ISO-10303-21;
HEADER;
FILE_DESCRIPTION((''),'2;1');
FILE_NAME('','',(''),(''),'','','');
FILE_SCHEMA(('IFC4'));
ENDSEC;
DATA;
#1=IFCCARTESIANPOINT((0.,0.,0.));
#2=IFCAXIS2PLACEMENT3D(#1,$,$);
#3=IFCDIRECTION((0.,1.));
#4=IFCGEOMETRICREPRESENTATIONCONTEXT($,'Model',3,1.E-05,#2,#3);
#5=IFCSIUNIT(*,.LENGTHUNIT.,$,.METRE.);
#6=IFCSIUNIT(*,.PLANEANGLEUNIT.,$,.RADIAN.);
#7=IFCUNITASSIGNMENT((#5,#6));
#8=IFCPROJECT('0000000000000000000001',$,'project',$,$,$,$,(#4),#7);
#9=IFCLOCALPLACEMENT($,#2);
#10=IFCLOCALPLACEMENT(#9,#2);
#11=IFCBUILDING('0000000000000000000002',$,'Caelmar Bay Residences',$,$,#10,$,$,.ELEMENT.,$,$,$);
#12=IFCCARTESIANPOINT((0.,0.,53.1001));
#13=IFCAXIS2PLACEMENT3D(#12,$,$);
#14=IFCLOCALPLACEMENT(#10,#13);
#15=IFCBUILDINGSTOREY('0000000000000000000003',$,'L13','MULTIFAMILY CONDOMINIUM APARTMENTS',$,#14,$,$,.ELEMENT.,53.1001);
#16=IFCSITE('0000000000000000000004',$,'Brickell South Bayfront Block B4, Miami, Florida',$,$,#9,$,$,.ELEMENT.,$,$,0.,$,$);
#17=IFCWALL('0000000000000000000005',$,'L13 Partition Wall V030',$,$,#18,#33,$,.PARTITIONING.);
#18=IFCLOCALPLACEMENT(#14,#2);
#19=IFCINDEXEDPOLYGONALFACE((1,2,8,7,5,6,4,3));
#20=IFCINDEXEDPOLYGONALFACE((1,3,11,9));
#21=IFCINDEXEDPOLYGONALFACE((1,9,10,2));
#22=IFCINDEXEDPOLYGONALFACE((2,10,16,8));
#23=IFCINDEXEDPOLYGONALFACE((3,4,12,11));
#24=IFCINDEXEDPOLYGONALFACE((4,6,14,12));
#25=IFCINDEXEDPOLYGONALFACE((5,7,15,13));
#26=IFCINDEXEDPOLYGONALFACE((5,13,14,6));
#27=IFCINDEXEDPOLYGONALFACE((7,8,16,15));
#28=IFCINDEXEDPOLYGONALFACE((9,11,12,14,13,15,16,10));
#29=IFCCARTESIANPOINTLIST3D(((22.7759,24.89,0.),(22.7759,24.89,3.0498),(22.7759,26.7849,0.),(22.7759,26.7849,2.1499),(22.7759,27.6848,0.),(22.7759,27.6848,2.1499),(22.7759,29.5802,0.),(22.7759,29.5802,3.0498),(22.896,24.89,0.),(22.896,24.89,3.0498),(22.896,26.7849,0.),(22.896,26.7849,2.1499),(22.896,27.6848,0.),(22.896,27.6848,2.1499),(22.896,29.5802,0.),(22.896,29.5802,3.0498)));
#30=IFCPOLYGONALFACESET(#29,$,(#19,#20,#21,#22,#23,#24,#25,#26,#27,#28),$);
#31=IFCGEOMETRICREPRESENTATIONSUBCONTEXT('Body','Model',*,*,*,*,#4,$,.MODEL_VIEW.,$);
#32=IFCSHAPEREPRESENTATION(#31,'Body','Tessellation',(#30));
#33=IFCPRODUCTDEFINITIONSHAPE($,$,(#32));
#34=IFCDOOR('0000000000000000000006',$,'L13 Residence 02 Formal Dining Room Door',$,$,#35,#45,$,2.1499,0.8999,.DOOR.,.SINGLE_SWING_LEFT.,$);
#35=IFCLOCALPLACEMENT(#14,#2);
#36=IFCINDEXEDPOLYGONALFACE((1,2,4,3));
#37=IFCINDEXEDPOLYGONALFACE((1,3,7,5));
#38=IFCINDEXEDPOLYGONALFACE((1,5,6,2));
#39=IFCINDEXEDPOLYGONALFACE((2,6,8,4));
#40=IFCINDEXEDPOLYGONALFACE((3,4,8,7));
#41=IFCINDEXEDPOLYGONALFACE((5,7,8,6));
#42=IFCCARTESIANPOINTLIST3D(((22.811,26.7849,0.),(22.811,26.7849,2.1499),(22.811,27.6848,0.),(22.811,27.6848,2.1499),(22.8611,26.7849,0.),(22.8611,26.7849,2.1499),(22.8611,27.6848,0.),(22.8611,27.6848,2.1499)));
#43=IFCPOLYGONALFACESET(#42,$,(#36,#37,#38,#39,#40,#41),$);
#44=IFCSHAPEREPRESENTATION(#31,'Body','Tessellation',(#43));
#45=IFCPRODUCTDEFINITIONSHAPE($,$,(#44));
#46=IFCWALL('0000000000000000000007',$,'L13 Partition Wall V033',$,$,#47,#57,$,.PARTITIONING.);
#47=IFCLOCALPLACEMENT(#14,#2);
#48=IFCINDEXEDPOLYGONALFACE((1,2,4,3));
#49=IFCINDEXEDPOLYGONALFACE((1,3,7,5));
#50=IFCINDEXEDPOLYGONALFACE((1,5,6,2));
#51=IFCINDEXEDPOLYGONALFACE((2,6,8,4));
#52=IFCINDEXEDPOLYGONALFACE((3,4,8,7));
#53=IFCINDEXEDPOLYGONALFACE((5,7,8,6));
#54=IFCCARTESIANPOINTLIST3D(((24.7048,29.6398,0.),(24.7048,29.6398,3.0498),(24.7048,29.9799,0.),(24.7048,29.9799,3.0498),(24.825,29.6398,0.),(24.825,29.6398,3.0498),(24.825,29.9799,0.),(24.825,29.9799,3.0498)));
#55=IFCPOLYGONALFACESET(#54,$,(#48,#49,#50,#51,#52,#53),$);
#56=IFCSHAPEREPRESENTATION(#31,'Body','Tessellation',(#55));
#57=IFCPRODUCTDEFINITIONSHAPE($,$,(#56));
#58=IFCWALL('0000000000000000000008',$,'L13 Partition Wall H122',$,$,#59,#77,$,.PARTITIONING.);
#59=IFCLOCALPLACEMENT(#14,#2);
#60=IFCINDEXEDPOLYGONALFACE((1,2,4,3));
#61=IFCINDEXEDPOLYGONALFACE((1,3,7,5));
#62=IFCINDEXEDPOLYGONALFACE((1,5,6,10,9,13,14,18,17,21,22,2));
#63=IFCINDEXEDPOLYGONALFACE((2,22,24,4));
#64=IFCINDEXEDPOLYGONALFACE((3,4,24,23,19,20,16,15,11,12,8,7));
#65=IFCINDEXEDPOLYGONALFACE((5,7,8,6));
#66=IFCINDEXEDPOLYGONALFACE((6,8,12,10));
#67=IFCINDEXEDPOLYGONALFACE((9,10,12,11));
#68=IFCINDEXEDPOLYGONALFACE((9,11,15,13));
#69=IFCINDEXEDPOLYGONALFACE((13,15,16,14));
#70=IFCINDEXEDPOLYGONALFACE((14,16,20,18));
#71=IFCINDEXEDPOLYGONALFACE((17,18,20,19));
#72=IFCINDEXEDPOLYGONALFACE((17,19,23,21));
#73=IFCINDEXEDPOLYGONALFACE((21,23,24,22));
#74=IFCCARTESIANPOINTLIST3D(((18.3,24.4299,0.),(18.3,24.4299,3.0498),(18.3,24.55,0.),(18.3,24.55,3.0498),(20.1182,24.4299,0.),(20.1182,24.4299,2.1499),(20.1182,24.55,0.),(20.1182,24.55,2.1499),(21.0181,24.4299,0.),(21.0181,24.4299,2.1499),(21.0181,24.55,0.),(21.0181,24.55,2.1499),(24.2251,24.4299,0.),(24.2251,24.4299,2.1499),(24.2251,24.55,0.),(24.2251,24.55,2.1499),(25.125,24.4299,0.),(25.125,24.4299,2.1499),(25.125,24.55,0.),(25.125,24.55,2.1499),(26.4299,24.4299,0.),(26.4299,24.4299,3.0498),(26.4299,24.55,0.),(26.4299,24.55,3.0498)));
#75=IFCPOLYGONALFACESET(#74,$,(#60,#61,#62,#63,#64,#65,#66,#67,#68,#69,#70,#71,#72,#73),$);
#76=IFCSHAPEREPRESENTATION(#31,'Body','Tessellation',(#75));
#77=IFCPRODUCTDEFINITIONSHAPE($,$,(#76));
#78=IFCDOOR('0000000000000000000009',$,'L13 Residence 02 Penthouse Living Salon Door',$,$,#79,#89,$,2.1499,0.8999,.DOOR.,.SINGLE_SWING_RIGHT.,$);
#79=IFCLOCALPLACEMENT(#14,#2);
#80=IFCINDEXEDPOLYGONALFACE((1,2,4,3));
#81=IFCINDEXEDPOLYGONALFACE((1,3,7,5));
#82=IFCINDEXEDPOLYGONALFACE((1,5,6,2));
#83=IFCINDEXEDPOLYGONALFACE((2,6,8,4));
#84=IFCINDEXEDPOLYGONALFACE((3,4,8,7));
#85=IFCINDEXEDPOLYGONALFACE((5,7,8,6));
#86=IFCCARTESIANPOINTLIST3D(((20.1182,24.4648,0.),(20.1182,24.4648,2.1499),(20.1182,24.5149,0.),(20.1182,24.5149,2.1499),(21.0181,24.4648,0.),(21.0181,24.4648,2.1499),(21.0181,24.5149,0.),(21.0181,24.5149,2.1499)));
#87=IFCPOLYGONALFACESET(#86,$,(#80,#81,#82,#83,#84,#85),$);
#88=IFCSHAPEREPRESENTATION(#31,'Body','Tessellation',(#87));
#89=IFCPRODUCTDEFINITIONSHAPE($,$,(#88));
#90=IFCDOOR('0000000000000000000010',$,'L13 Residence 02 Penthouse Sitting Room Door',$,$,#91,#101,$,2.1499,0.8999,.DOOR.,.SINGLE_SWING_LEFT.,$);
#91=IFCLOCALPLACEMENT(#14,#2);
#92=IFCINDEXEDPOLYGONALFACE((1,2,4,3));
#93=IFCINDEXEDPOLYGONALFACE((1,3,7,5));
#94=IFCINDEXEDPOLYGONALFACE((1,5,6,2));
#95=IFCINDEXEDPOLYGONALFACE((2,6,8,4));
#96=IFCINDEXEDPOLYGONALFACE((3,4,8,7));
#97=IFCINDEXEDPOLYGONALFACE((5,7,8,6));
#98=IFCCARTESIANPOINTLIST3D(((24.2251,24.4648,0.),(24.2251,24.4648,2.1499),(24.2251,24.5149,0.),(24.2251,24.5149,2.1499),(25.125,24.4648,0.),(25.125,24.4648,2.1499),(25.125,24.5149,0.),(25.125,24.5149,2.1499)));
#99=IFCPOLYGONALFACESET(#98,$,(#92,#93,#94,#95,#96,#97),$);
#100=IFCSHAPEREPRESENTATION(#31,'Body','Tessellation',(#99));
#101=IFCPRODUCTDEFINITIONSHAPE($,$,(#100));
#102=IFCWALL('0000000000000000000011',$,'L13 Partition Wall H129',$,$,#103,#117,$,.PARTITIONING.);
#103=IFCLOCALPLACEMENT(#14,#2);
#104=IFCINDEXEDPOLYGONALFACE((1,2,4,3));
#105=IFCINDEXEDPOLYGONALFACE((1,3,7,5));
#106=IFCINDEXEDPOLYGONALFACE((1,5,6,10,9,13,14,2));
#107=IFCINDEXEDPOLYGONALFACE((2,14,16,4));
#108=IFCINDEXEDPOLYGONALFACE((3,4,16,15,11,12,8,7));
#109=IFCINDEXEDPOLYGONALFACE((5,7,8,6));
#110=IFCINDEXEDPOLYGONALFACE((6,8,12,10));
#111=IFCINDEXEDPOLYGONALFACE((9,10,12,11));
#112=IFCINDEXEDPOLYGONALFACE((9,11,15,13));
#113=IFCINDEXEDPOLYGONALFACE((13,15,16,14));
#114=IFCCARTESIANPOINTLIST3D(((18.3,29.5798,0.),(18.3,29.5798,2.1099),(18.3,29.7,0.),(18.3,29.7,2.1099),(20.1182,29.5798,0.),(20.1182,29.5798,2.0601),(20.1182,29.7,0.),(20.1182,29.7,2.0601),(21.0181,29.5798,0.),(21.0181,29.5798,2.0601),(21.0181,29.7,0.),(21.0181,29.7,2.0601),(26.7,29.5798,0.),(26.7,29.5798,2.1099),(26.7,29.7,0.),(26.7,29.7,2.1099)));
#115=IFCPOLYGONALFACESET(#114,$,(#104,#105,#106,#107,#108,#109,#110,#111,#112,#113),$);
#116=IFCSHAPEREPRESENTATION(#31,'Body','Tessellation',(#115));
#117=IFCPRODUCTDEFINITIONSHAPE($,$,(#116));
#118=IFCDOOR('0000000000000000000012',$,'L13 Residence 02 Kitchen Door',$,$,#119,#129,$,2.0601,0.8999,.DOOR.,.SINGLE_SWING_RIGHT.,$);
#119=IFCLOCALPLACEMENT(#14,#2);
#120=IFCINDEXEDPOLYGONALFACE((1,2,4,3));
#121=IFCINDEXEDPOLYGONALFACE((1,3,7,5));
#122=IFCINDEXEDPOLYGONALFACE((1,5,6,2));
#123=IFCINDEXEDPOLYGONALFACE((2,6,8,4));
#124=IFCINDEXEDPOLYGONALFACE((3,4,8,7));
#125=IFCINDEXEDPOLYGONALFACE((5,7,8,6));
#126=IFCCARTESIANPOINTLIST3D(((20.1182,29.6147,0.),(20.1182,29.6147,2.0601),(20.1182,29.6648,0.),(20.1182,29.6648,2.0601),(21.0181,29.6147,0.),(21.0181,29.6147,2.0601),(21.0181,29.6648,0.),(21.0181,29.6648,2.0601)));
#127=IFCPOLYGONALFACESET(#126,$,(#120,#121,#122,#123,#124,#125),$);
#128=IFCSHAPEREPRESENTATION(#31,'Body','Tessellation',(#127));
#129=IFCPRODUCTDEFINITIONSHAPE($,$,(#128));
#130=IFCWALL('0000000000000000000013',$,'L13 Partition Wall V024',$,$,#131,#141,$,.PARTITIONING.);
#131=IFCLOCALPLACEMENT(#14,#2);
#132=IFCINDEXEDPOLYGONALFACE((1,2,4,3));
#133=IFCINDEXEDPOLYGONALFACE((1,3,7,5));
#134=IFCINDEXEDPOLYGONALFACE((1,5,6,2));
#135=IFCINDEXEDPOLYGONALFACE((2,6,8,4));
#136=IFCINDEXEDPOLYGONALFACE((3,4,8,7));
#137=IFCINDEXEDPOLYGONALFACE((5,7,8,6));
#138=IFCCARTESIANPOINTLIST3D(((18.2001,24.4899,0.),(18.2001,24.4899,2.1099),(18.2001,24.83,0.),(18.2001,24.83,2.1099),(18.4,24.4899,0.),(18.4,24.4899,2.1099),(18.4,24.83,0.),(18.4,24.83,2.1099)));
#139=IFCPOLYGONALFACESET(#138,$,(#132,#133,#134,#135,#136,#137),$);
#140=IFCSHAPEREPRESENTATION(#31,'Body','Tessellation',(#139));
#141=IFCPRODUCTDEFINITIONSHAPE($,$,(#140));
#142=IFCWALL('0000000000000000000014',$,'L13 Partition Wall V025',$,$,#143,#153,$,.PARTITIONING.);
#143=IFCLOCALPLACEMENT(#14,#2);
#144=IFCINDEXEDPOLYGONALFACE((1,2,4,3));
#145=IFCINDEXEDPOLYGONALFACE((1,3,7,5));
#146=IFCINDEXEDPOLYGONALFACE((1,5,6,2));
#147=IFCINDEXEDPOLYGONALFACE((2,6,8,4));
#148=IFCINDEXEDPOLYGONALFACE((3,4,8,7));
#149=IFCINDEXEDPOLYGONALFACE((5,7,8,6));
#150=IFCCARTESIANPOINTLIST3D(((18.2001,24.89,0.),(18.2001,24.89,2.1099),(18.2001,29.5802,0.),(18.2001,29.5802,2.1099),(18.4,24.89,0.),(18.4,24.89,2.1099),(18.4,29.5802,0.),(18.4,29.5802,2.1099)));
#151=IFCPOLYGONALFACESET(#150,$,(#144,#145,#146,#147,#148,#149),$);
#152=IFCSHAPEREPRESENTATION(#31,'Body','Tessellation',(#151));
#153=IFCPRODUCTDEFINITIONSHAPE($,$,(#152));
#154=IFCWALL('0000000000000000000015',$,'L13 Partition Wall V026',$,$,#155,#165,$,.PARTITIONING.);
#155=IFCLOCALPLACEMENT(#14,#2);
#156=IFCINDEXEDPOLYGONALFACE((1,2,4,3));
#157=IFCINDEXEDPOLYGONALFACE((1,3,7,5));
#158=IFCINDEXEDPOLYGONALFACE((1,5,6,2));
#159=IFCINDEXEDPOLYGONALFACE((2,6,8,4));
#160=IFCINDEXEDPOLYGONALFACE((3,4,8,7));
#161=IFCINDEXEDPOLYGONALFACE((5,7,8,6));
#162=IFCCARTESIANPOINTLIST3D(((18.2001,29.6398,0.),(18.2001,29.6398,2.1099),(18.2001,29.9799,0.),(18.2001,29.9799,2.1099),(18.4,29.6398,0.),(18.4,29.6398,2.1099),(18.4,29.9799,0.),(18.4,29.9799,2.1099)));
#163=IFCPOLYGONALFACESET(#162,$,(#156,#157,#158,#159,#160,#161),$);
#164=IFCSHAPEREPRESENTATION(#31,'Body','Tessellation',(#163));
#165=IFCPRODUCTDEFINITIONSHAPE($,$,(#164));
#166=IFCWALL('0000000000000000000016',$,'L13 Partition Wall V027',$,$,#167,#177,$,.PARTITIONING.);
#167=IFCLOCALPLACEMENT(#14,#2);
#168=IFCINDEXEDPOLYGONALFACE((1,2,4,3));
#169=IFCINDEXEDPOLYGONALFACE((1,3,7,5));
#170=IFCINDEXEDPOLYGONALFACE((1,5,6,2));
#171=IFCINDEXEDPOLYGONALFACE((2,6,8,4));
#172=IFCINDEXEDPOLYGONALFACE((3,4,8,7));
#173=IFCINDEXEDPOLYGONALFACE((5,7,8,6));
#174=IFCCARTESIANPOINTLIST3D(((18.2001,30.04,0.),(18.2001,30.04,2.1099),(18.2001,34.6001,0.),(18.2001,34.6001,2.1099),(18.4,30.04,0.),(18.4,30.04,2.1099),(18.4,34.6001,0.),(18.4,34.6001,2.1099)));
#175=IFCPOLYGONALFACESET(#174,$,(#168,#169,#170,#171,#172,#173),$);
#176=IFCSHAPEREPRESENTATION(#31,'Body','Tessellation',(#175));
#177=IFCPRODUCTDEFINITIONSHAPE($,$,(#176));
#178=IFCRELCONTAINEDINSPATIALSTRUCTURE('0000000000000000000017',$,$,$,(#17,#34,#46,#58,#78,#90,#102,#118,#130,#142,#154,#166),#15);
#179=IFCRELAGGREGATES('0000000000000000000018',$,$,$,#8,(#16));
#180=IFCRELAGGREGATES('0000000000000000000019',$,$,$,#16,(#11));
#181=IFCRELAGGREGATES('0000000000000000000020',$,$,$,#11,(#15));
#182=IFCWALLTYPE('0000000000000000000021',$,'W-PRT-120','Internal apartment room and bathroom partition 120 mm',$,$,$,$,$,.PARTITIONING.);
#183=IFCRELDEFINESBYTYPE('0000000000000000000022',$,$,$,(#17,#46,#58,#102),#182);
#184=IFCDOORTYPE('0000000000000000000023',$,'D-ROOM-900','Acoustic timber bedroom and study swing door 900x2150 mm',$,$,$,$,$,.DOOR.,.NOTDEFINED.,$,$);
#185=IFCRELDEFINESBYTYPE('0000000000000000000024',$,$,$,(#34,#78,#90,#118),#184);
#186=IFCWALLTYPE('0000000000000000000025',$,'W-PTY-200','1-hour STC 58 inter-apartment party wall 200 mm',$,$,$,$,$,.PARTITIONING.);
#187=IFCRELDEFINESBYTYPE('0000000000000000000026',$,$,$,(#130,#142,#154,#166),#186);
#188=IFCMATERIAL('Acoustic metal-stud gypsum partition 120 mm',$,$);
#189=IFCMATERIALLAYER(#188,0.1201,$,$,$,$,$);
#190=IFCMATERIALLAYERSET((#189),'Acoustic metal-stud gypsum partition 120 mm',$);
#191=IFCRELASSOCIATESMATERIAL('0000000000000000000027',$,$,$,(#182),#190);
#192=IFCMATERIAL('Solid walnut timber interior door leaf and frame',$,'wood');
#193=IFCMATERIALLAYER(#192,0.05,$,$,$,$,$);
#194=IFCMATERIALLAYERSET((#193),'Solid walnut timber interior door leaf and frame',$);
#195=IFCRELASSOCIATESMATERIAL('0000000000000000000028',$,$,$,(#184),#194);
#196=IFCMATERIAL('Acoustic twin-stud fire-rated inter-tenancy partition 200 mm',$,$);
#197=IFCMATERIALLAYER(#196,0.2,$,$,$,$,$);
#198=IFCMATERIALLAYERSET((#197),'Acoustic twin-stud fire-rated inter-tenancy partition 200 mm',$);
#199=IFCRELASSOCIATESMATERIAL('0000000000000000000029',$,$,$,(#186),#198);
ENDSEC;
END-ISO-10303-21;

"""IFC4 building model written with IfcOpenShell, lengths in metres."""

from ifc_helpers import new_model, si_unit, direction, frame, frame_2d, origin, place, context, subcontext, project, spatial, rectangle, extrude, material, layer, layer_set, type_object, element, fill, save


model = new_model("IFC4")

# Units and contexts
model_context = context("Model", 3, precision=1e-05, world=origin(), true_north=direction((0.0, 1.0)))
body_context = subcontext(model_context, "Body", "Model", "MODEL_VIEW")
ifc_project = project(units=[si_unit("LENGTHUNIT", "METRE"), si_unit("PLANEANGLEUNIT", "RADIAN")], contexts=[model_context])

# Site, building, storey
site_placement = place(None, origin())
site = spatial("IfcSite", under=ifc_project, at=site_placement, Name="Brickell South Bayfront Block B4, Miami, Florida", CompositionType="ELEMENT", RefElevation=0.0)
building_placement = place(site_placement, origin())
building = spatial("IfcBuilding", under=site, at=building_placement, Name="Caelmar Bay Residences", CompositionType="ELEMENT")
storey_placement = place(building_placement, frame((0.0, 0.0, 53.1001)))
storey = spatial("IfcBuildingStorey", under=building, at=storey_placement, Name="L13", Description="MULTIFAMILY CONDOMINIUM APARTMENTS", CompositionType="ELEMENT", Elevation=53.1001)

# Shared definitions
ifc_material_1 = material(Name="Acoustic metal-stud gypsum partition 120 mm")
ifc_layer_1 = layer(ifc_material_1, 0.1201)
ifc_layer_set_1 = layer_set([ifc_layer_1], Name="Acoustic metal-stud gypsum partition 120 mm")
wall_type_1 = type_object("IfcWallType", Name="W-PRT-120", Description="Internal apartment room and bathroom partition 120 mm", PredefinedType="PARTITIONING", material=ifc_layer_set_1)

# Wall, opening, door
wall_1_placement = place(storey_placement, frame((22.8359, 24.8899, 0.0), z_axis=(0.0, 0.0, 1.0), x_axis=(0.0, 1.0, 0.0)))
wall_1 = element("IfcWall", 1, at=wall_1_placement, inside=storey, type_object=wall_type_1, Name="L13 Partition Wall V030", PredefinedType="PARTITIONING", context=body_context, shape_type="SweptSolid", body=[
    extrude(rectangle(XDim=4.6902, YDim=0.1201, at=frame_2d((2.3452, 0.0))), origin(), (0.0, 0.0, 1.0), 3.0498),
])
opening_1_placement = place(wall_1_placement, frame((1.895, 0.0, 0.0)))
opening_1 = element("IfcOpeningElement", 2, at=opening_1_placement, cuts=wall_1, PredefinedType="OPENING", context=body_context, shape_type="SweptSolid", body=[
    extrude(rectangle(XDim=0.8999, YDim=2.1499, at=frame_2d((0.45, 1.075))), frame((0.0, 0.0701, 0.0), z_axis=(0.0, -1.0, 0.0), x_axis=(1.0, 0.0, 0.0)), (0.0, 0.0, 1.0), 0.1401),
])
ifc_material_2 = material(Name="Solid walnut timber interior door leaf and frame", Category="wood")
ifc_layer_2 = layer(ifc_material_2, 0.05)
ifc_layer_set_2 = layer_set([ifc_layer_2], Name="Solid walnut timber interior door leaf and frame")
door_type = type_object("IfcDoorType", Name="D-ROOM-900", Description="Acoustic timber bedroom and study swing door 900x2150 mm", OperationType="NOTDEFINED", PredefinedType="DOOR", material=ifc_layer_set_2)
door_1_placement = place(opening_1_placement, origin())
door_1 = element("IfcDoor", 3, at=door_1_placement, inside=storey, type_object=door_type, Name="L13 Residence 02 Formal Dining Room Door", OperationType="SINGLE_SWING_LEFT", OverallHeight=2.1499, OverallWidth=0.8999, PredefinedType="DOOR", context=body_context, shape_type="SweptSolid", body=[
    extrude(rectangle(XDim=0.8999, YDim=2.1499, at=frame_2d((0.45, 1.075))), frame((0.0, 0.0249, 0.0), z_axis=(0.0, -1.0, 0.0), x_axis=(1.0, 0.0, 0.0)), (0.0, 0.0, 1.0), 0.05),
])
fill(opening_1, door_1)

# Wall
wall_2_placement = place(storey_placement, frame((24.7649, 29.6399, 0.0), z_axis=(0.0, 0.0, 1.0), x_axis=(0.0, 1.0, 0.0)))
element("IfcWall", 4, at=wall_2_placement, inside=storey, type_object=wall_type_1, Name="L13 Partition Wall V033", PredefinedType="PARTITIONING", context=body_context, shape_type="SweptSolid", body=[
    extrude(rectangle(XDim=0.3401, YDim=0.1201, at=frame_2d((0.1699, 0.0))), origin(), (0.0, 0.0, 1.0), 3.0498),
])

# Wall, openings, doors
wall_3_placement = place(storey_placement, frame((18.3, 24.49, 0.0), z_axis=(0.0, 0.0, 1.0), x_axis=(1.0, 0.0, 0.0)))
wall_3 = element("IfcWall", 5, at=wall_3_placement, inside=storey, type_object=wall_type_1, Name="L13 Partition Wall H122", PredefinedType="PARTITIONING", context=body_context, shape_type="SweptSolid", body=[
    extrude(rectangle(XDim=8.1299, YDim=0.1201, at=frame_2d((4.0649, 0.0))), origin(), (0.0, 0.0, 1.0), 3.0498),
])
opening_2_placement = place(wall_3_placement, frame((1.8181, 0.0, 0.0)))
opening_2 = element("IfcOpeningElement", 6, at=opening_2_placement, cuts=wall_3, PredefinedType="OPENING", context=body_context, shape_type="SweptSolid", body=[
    extrude(rectangle(XDim=0.8999, YDim=2.1499, at=frame_2d((0.45, 1.075))), frame((0.0, 0.0701, 0.0), z_axis=(0.0, -1.0, 0.0), x_axis=(1.0, 0.0, 0.0)), (0.0, 0.0, 1.0), 0.1401),
])
opening_3_placement = place(wall_3_placement, frame((5.925, 0.0, 0.0)))
opening_3 = element("IfcOpeningElement", 7, at=opening_3_placement, cuts=wall_3, PredefinedType="OPENING", context=body_context, shape_type="SweptSolid", body=[
    extrude(rectangle(XDim=0.8999, YDim=2.1499, at=frame_2d((0.45, 1.075))), frame((0.0, 0.0701, 0.0), z_axis=(0.0, -1.0, 0.0), x_axis=(1.0, 0.0, 0.0)), (0.0, 0.0, 1.0), 0.1401),
])
door_2_placement = place(opening_2_placement, origin())
door_2 = element("IfcDoor", 8, at=door_2_placement, inside=storey, type_object=door_type, Name="L13 Residence 02 Penthouse Living Salon Door", OperationType="SINGLE_SWING_RIGHT", OverallHeight=2.1499, OverallWidth=0.8999, PredefinedType="DOOR", context=body_context, shape_type="SweptSolid", body=[
    extrude(rectangle(XDim=0.8999, YDim=2.1499, at=frame_2d((0.45, 1.075))), frame((0.0, 0.0249, 0.0), z_axis=(0.0, -1.0, 0.0), x_axis=(1.0, 0.0, 0.0)), (0.0, 0.0, 1.0), 0.05),
])
fill(opening_2, door_2)
door_3_placement = place(opening_3_placement, origin())
door_3 = element("IfcDoor", 9, at=door_3_placement, inside=storey, type_object=door_type, Name="L13 Residence 02 Penthouse Sitting Room Door", OperationType="SINGLE_SWING_LEFT", OverallHeight=2.1499, OverallWidth=0.8999, PredefinedType="DOOR", context=body_context, shape_type="SweptSolid", body=[
    extrude(rectangle(XDim=0.8999, YDim=2.1499, at=frame_2d((0.45, 1.075))), frame((0.0, 0.0249, 0.0), z_axis=(0.0, -1.0, 0.0), x_axis=(1.0, 0.0, 0.0)), (0.0, 0.0, 1.0), 0.05),
])
fill(opening_3, door_3)

# Wall, opening, door
wall_4_placement = place(storey_placement, frame((18.3, 29.6399, 0.0), z_axis=(0.0, 0.0, 1.0), x_axis=(1.0, 0.0, 0.0)))
wall_4 = element("IfcWall", 10, at=wall_4_placement, inside=storey, type_object=wall_type_1, Name="L13 Partition Wall H129", PredefinedType="PARTITIONING", context=body_context, shape_type="SweptSolid", body=[
    extrude(rectangle(XDim=8.3999, YDim=0.1201, at=frame_2d((4.2, 0.0))), origin(), (0.0, 0.0, 1.0), 2.1099),
])
opening_4_placement = place(wall_4_placement, frame((1.8181, 0.0, 0.0)))
opening_4 = element("IfcOpeningElement", 11, at=opening_4_placement, cuts=wall_4, PredefinedType="OPENING", context=body_context, shape_type="SweptSolid", body=[
    extrude(rectangle(XDim=0.8999, YDim=2.0601, at=frame_2d((0.45, 1.03))), frame((0.0, 0.0701, 0.0), z_axis=(0.0, -1.0, 0.0), x_axis=(1.0, 0.0, 0.0)), (0.0, 0.0, 1.0), 0.1401),
])
door_4_placement = place(opening_4_placement, origin())
door_4 = element("IfcDoor", 12, at=door_4_placement, inside=storey, type_object=door_type, Name="L13 Residence 02 Kitchen Door", OperationType="SINGLE_SWING_RIGHT", OverallHeight=2.0601, OverallWidth=0.8999, PredefinedType="DOOR", context=body_context, shape_type="SweptSolid", body=[
    extrude(rectangle(XDim=0.8999, YDim=2.0601, at=frame_2d((0.45, 1.03))), frame((0.0, 0.0249, 0.0), z_axis=(0.0, -1.0, 0.0), x_axis=(1.0, 0.0, 0.0)), (0.0, 0.0, 1.0), 0.05),
])
fill(opening_4, door_4)

# Walls
ifc_material_3 = material(Name="Acoustic twin-stud fire-rated inter-tenancy partition 200 mm")
ifc_layer_3 = layer(ifc_material_3, 0.2)
ifc_layer_set_3 = layer_set([ifc_layer_3], Name="Acoustic twin-stud fire-rated inter-tenancy partition 200 mm")
wall_type_2 = type_object("IfcWallType", Name="W-PTY-200", Description="1-hour STC 58 inter-apartment party wall 200 mm", PredefinedType="PARTITIONING", material=ifc_layer_set_3)
wall_5_placement = place(storey_placement, frame((18.3, 24.49, 0.0), z_axis=(0.0, 0.0, 1.0), x_axis=(0.0, 1.0, 0.0)))
element("IfcWall", 13, at=wall_5_placement, inside=storey, type_object=wall_type_2, Name="L13 Partition Wall V024", PredefinedType="PARTITIONING", context=body_context, shape_type="SweptSolid", body=[
    extrude(rectangle(XDim=0.3401, YDim=0.2, at=frame_2d((0.1699, 0.0))), origin(), (0.0, 0.0, 1.0), 2.1099),
])
wall_6_placement = place(storey_placement, frame((18.3, 24.8899, 0.0), z_axis=(0.0, 0.0, 1.0), x_axis=(0.0, 1.0, 0.0)))
element("IfcWall", 14, at=wall_6_placement, inside=storey, type_object=wall_type_2, Name="L13 Partition Wall V025", PredefinedType="PARTITIONING", context=body_context, shape_type="SweptSolid", body=[
    extrude(rectangle(XDim=4.6902, YDim=0.2, at=frame_2d((2.3452, 0.0))), origin(), (0.0, 0.0, 1.0), 2.1099),
])
wall_7_placement = place(storey_placement, frame((18.3, 29.6399, 0.0), z_axis=(0.0, 0.0, 1.0), x_axis=(0.0, 1.0, 0.0)))
element("IfcWall", 15, at=wall_7_placement, inside=storey, type_object=wall_type_2, Name="L13 Partition Wall V026", PredefinedType="PARTITIONING", context=body_context, shape_type="SweptSolid", body=[
    extrude(rectangle(XDim=0.3401, YDim=0.2, at=frame_2d((0.1699, 0.0))), origin(), (0.0, 0.0, 1.0), 2.1099),
])
wall_8_placement = place(storey_placement, frame((18.3, 30.04, 0.0), z_axis=(0.0, 0.0, 1.0), x_axis=(0.0, 1.0, 0.0)))
element("IfcWall", 16, at=wall_8_placement, inside=storey, type_object=wall_type_2, Name="L13 Partition Wall V027", PredefinedType="PARTITIONING", context=body_context, shape_type="SweptSolid", body=[
    extrude(rectangle(XDim=4.5601, YDim=0.2, at=frame_2d((2.28, 0.0))), origin(), (0.0, 0.0, 1.0), 2.1099),
])

save(model, "model.ifc")
